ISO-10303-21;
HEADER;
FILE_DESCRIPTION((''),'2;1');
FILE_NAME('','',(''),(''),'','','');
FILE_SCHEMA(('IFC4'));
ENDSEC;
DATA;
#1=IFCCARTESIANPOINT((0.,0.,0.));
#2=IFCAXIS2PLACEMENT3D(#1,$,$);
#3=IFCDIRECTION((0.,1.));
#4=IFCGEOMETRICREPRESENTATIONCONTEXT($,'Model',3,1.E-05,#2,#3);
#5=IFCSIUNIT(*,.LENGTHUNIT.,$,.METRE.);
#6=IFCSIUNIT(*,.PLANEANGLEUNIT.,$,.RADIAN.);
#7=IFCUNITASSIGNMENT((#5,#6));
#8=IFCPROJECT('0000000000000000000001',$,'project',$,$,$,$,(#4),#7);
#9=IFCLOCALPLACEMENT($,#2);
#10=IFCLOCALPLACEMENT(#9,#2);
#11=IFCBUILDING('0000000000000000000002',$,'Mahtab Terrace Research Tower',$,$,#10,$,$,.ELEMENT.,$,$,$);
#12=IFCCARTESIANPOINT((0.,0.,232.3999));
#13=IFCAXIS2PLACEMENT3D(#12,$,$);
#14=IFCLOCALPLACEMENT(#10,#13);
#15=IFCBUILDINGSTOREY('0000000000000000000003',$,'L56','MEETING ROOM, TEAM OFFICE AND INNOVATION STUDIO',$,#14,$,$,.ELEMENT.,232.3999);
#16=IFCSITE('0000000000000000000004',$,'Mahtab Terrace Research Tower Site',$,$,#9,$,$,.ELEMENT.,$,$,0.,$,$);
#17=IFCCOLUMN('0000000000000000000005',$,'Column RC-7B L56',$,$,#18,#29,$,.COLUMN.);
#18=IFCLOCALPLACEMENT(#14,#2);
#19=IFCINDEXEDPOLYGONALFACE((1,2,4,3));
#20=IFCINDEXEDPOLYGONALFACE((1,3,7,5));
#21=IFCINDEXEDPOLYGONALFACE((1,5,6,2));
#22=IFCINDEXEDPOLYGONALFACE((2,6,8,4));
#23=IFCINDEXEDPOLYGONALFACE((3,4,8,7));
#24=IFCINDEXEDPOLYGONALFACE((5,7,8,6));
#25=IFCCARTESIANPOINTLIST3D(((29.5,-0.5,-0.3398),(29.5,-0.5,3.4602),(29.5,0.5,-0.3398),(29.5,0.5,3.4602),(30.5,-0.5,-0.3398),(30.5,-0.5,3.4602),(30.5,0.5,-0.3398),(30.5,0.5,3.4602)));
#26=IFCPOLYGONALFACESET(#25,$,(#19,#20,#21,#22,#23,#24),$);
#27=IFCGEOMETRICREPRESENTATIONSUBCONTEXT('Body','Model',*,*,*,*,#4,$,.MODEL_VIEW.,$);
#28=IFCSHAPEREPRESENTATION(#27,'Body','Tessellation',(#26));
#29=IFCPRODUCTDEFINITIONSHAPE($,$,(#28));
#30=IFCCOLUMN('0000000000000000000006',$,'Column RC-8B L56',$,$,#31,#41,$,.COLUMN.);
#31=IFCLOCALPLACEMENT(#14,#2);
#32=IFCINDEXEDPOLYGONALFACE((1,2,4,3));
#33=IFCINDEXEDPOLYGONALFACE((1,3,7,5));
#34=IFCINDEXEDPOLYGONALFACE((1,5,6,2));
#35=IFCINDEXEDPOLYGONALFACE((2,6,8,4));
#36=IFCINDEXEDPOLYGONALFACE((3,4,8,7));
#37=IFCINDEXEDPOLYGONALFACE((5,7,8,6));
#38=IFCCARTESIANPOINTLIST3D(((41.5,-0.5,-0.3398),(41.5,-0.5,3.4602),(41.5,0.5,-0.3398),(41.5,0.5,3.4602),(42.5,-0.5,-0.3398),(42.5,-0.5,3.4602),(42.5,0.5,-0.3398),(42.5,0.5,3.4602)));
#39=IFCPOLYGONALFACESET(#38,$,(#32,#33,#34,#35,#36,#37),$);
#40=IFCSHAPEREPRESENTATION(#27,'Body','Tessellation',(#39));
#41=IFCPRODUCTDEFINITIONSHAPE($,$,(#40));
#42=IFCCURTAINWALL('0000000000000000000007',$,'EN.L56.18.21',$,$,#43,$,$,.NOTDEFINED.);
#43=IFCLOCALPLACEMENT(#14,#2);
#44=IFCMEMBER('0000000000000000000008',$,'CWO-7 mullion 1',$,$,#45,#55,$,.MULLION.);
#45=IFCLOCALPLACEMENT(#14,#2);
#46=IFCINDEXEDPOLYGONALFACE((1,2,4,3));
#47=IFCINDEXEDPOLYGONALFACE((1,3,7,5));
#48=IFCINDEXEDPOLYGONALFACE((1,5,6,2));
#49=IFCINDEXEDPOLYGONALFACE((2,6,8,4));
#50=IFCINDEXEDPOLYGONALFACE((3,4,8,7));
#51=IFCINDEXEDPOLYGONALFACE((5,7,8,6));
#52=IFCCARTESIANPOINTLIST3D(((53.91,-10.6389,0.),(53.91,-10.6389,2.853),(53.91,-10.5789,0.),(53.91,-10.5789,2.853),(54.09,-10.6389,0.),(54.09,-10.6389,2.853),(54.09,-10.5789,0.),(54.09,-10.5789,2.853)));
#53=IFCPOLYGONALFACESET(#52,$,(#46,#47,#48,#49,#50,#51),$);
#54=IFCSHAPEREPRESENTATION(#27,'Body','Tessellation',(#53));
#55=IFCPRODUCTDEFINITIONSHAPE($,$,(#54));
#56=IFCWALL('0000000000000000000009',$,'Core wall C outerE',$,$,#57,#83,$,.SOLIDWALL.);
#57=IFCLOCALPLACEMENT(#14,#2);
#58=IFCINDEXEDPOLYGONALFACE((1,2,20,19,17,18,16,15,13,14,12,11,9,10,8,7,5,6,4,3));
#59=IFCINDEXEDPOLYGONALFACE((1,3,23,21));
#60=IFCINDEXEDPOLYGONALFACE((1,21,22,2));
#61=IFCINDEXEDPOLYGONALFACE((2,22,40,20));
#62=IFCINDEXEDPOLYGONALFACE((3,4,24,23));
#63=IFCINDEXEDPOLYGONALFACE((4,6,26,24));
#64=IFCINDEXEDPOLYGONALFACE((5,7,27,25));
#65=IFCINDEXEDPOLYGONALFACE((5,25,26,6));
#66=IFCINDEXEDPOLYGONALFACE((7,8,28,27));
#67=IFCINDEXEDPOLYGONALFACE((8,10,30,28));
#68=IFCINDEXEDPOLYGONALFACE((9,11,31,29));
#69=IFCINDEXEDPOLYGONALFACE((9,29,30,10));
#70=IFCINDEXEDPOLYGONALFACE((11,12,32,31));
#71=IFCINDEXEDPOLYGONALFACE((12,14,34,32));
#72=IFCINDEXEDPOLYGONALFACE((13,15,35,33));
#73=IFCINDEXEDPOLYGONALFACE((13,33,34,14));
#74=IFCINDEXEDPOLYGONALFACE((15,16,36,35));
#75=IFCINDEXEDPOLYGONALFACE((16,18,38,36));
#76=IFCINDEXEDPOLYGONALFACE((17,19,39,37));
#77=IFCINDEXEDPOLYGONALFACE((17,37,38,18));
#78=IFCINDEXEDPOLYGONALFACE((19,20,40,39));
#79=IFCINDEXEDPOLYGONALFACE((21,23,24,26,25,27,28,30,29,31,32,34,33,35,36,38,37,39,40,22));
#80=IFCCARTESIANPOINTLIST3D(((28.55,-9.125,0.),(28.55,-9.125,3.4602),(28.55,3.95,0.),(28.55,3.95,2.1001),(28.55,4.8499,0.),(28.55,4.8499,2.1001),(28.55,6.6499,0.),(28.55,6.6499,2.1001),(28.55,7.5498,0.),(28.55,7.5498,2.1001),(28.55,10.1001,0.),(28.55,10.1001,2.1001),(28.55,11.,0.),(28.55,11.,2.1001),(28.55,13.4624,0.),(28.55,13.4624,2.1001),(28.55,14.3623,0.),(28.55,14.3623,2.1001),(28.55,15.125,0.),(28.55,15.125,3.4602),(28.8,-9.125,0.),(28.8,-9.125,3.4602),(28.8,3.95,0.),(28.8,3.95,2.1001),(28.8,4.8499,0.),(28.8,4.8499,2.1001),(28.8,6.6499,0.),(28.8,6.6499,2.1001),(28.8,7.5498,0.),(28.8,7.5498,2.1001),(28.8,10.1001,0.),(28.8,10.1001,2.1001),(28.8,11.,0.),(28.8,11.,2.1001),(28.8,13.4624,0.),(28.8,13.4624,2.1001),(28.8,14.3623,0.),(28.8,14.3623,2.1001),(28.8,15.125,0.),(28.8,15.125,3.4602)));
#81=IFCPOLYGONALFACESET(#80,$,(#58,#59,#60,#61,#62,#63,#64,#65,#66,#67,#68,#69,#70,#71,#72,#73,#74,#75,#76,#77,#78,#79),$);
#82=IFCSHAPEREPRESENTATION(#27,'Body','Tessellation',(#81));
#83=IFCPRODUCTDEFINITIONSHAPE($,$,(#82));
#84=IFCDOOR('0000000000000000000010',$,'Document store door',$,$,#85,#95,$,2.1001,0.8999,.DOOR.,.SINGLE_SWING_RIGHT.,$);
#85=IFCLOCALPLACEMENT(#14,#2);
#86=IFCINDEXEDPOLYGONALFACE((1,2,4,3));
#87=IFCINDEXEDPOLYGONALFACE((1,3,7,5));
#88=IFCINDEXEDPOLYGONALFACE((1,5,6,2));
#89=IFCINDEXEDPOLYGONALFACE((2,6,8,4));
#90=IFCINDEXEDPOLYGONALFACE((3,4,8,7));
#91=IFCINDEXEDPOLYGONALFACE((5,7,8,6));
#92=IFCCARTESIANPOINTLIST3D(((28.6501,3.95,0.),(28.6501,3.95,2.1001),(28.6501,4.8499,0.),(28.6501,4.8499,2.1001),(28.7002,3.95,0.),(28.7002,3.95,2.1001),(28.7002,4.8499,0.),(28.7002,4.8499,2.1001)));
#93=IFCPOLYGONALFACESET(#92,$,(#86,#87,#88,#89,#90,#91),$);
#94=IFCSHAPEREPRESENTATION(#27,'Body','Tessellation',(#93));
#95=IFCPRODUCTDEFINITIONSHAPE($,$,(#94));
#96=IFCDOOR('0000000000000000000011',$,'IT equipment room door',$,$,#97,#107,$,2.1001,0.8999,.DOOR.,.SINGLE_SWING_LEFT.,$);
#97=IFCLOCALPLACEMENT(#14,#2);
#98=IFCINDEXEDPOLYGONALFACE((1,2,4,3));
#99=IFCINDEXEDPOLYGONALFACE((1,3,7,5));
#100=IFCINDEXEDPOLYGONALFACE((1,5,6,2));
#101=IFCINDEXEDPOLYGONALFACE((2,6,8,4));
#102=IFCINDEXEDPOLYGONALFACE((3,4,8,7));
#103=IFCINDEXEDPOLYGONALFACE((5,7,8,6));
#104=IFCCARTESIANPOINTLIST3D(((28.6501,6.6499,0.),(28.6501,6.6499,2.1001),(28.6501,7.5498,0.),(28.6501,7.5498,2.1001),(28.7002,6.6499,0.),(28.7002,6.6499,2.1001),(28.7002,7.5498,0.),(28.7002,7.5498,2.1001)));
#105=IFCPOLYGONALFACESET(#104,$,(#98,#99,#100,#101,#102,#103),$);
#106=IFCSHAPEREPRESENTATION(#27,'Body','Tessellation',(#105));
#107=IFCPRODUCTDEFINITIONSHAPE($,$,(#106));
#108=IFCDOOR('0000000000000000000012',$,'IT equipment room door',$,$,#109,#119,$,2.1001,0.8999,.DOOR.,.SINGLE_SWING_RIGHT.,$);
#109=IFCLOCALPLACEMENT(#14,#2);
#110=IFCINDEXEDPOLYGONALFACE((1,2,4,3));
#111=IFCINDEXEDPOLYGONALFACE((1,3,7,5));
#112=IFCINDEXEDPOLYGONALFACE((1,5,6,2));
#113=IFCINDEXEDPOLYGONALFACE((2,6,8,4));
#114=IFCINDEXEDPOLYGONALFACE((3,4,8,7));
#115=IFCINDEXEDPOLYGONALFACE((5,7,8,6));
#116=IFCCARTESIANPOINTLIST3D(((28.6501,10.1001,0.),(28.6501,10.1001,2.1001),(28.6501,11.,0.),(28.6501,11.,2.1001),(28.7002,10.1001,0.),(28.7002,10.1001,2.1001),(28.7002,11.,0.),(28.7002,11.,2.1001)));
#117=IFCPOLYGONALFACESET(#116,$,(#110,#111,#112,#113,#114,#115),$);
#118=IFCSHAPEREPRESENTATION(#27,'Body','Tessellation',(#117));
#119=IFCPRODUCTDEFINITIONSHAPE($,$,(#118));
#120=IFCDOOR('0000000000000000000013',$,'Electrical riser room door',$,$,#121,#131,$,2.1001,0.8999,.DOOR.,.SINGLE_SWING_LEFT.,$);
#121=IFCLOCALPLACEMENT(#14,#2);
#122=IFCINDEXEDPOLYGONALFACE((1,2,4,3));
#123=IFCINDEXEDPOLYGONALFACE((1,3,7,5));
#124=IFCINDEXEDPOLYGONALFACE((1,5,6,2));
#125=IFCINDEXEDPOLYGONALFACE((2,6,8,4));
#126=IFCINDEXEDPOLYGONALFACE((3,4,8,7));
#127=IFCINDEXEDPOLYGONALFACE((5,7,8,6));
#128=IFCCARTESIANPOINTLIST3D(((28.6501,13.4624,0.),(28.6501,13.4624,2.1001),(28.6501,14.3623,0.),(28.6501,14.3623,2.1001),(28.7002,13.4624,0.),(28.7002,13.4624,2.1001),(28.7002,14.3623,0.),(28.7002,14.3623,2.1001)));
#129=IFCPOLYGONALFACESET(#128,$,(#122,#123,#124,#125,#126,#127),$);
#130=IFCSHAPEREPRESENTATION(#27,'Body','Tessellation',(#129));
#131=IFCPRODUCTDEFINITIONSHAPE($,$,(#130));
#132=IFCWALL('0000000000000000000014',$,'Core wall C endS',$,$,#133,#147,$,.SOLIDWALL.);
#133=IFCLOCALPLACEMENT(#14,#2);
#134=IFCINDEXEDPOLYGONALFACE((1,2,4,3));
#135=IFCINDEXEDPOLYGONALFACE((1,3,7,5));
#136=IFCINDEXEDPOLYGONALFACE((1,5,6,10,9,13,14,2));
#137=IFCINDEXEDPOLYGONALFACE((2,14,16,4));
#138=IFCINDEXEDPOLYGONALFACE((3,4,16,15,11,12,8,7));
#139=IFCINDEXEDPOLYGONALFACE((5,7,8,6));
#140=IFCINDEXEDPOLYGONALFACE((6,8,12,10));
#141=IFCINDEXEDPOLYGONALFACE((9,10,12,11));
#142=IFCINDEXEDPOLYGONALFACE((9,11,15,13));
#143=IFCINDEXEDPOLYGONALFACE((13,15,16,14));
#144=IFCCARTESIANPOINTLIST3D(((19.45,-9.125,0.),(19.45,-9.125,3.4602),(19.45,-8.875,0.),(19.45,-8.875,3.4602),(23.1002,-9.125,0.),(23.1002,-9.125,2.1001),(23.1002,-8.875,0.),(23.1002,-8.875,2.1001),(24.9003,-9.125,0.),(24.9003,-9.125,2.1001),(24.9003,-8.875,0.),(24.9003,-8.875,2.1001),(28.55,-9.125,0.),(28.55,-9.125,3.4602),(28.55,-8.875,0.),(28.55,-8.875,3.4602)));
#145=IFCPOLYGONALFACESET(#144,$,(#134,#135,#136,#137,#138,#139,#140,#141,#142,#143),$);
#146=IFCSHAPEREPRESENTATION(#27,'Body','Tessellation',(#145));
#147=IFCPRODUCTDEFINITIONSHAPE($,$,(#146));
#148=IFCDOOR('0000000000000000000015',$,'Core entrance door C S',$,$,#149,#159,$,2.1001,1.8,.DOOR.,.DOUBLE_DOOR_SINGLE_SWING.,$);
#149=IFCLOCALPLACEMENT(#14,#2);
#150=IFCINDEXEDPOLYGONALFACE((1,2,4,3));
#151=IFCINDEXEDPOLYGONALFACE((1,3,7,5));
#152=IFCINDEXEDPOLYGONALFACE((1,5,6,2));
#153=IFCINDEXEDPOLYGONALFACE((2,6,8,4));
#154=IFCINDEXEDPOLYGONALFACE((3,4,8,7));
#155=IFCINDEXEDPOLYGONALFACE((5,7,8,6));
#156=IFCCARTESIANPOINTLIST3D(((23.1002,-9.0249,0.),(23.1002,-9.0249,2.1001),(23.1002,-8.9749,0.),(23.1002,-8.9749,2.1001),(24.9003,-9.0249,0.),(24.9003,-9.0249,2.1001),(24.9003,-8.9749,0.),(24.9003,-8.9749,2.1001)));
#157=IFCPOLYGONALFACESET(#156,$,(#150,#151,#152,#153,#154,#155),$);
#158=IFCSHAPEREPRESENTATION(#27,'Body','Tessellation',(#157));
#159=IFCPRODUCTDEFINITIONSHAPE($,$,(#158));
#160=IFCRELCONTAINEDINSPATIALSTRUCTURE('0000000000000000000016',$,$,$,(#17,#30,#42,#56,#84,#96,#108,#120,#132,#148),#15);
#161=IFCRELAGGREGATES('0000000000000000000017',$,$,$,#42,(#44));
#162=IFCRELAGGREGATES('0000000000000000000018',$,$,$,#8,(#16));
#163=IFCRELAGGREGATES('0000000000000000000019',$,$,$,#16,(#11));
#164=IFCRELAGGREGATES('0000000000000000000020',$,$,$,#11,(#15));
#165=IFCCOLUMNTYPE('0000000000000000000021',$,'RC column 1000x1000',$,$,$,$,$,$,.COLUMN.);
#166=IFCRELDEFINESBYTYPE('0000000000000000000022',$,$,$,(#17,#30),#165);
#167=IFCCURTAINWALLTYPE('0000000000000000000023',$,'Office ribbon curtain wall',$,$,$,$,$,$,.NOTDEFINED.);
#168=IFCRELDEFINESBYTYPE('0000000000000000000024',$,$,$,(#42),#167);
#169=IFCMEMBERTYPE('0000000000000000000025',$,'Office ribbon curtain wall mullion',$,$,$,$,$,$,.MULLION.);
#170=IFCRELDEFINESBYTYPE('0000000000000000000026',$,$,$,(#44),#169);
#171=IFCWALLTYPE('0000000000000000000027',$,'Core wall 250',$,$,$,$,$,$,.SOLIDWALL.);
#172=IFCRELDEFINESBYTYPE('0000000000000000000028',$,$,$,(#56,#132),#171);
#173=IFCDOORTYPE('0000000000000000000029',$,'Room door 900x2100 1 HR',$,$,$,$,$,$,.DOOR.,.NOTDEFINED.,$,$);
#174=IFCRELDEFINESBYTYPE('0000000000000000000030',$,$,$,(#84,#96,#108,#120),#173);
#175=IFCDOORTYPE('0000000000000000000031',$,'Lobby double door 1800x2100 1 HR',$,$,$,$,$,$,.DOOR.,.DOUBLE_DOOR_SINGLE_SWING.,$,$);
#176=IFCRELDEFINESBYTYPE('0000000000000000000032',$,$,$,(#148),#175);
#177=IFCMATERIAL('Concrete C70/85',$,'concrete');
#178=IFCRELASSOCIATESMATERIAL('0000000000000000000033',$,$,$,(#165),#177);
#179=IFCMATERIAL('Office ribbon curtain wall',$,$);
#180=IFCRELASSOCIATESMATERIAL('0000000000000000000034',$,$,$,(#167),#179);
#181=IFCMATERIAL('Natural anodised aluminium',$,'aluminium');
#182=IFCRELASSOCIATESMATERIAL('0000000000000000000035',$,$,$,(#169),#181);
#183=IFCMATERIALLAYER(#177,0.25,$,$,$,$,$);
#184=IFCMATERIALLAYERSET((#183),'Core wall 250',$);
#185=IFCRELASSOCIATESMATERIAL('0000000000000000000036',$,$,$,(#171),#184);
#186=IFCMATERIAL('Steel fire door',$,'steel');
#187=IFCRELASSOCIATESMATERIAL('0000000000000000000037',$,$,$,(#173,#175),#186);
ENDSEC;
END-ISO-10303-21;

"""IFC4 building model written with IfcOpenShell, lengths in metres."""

from ifc_helpers import new_model, si_unit, direction, frame, frame_2d, origin, origin_2d, place, context, subcontext, project, spatial, rectangle, extrude, material, layer, layer_set, material_profile, profile_set, type_object, element, fill, aggregate, save


model = new_model("IFC4")

# Units and contexts
model_context = context("Model", 3, precision=1e-05, world=origin(), true_north=direction((0.0, 1.0)))
body_context = subcontext(model_context, "Body", "Model", "MODEL_VIEW")
ifc_project = project(units=[si_unit("LENGTHUNIT", "METRE"), si_unit("PLANEANGLEUNIT", "RADIAN")], contexts=[model_context])

# Site, building, storey
site_placement = place(None, origin())
site = spatial("IfcSite", under=ifc_project, at=site_placement, Name="Mahtab Terrace Research Tower Site", CompositionType="ELEMENT", RefElevation=0.0)
building_placement = place(site_placement, origin())
building = spatial("IfcBuilding", under=site, at=building_placement, Name="Mahtab Terrace Research Tower", CompositionType="ELEMENT")
storey_placement = place(building_placement, frame((0.0, 0.0, 232.3999)))
storey = spatial("IfcBuildingStorey", under=building, at=storey_placement, Name="L56", Description="MEETING ROOM, TEAM OFFICE AND INNOVATION STUDIO", CompositionType="ELEMENT", Elevation=232.3999)

# Columns
ifc_material_1 = material(Name="Concrete C70/85", Category="concrete")
ifc_material_profile_1 = material_profile(ifc_material_1, rectangle(XDim=1.0, YDim=1.0, at=origin_2d()), Name="RC column 1000x1000")
ifc_profile_set_1 = profile_set([ifc_material_profile_1], Name="Concrete C70/85")
column_type = type_object("IfcColumnType", Name="RC column 1000x1000", PredefinedType="COLUMN", material=ifc_profile_set_1)
for number, where, z_axis, x_axis, name in (
    (1, (30.0, 0.0, -0.3398), (0.0, 0.0, 1.0), (1.0, 0.0, 0.0), "Column RC-7B L56"),
    (2, (42.0, 0.0, -0.3398), (0.0, 0.0, 1.0), (1.0, 0.0, 0.0), "Column RC-8B L56"),
):
    element("IfcColumn", number, at=place(storey_placement, frame(where, z_axis=z_axis, x_axis=x_axis)), inside=storey, type_object=column_type, Name=name, PredefinedType="COLUMN", context=body_context, shape_type="SweptSolid", body=[
        extrude(rectangle(XDim=1.0, YDim=1.0, at=origin_2d()), origin(), (0.0, 0.0, 1.0), 3.8),
    ])

# Curtain wall, member
ifc_material_2 = material(Name="Office ribbon curtain wall")
curtain_wall_type = type_object("IfcCurtainWallType", Name="Office ribbon curtain wall", PredefinedType="NOTDEFINED", material=ifc_material_2)
curtain_wall_placement = place(storey_placement, origin())
curtain_wall = element("IfcCurtainWall", 3, at=curtain_wall_placement, inside=storey, type_object=curtain_wall_type, Name="EN.L56.18.21", PredefinedType="NOTDEFINED")
ifc_material_3 = material(Name="Natural anodised aluminium", Category="aluminium")
ifc_material_profile_2 = material_profile(ifc_material_3, rectangle(XDim=0.1799, YDim=0.0601, at=origin_2d()), Name="MULLION 60x180")
ifc_profile_set_2 = profile_set([ifc_material_profile_2], Name="Natural anodised aluminium")
member_type = type_object("IfcMemberType", Name="Office ribbon curtain wall mullion", PredefinedType="MULLION", material=ifc_profile_set_2)
member_placement = place(storey_placement, frame((54.0, -10.6089, 0.0), z_axis=(0.0, 0.0, 1.0), x_axis=(-1.0, 0.0, 0.0)))
member = element("IfcMember", 4, at=member_placement, type_object=member_type, Name="CWO-7 mullion 1", PredefinedType="MULLION", context=body_context, shape_type="SweptSolid", body=[
    extrude(rectangle(XDim=0.1799, YDim=0.0601, at=origin_2d()), origin(), (0.0, 0.0, 1.0), 2.853),
])
aggregate(curtain_wall, [member])

# Wall, openings, doors
ifc_layer_1 = layer(ifc_material_1, 0.25)
ifc_layer_set_1 = layer_set([ifc_layer_1], Name="Core wall 250")
wall_type_1 = type_object("IfcWallType", Name="Core wall 250", PredefinedType="SOLIDWALL", material=ifc_layer_set_1)
wall_1_placement = place(storey_placement, frame((28.675, -9.125, 0.0), z_axis=(0.0, 0.0, 1.0), x_axis=(0.0, 1.0, 0.0)))
wall_1 = element("IfcWall", 5, at=wall_1_placement, inside=storey, type_object=wall_type_1, Name="Core wall C outerE", PredefinedType="SOLIDWALL", context=body_context, shape_type="SweptSolid", body=[
    extrude(rectangle(XDim=24.25, YDim=0.25, at=frame_2d((12.125, 0.0))), origin(), (0.0, 0.0, 1.0), 3.4602),
])
opening_1_placement = place(wall_1_placement, frame((13.075, 0.0, 0.0)))
opening_1 = element("IfcOpeningElement", 6, at=opening_1_placement, cuts=wall_1, PredefinedType="OPENING", context=body_context, shape_type="SweptSolid", body=[
    extrude(rectangle(XDim=0.8999, YDim=2.1001, at=frame_2d((0.45, 1.05))), frame((0.0, 0.135, 0.0), z_axis=(0.0, -1.0, 0.0), x_axis=(1.0, 0.0, 0.0)), (0.0, 0.0, 1.0), 0.27),
])
opening_2_placement = place(wall_1_placement, frame((15.7749, 0.0, 0.0)))
opening_2 = element("IfcOpeningElement", 7, at=opening_2_placement, cuts=wall_1, PredefinedType="OPENING", context=body_context, shape_type="SweptSolid", body=[
    extrude(rectangle(XDim=0.8999, YDim=2.1001, at=frame_2d((0.45, 1.05))), frame((0.0, 0.135, 0.0), z_axis=(0.0, -1.0, 0.0), x_axis=(1.0, 0.0, 0.0)), (0.0, 0.0, 1.0), 0.27),
])
opening_3_placement = place(wall_1_placement, frame((19.2251, 0.0, 0.0)))
opening_3 = element("IfcOpeningElement", 8, at=opening_3_placement, cuts=wall_1, PredefinedType="OPENING", context=body_context, shape_type="SweptSolid", body=[
    extrude(rectangle(XDim=0.8999, YDim=2.1001, at=frame_2d((0.45, 1.05))), frame((0.0, 0.135, 0.0), z_axis=(0.0, -1.0, 0.0), x_axis=(1.0, 0.0, 0.0)), (0.0, 0.0, 1.0), 0.27),
])
opening_4_placement = place(wall_1_placement, frame((22.5874, 0.0, 0.0)))
opening_4 = element("IfcOpeningElement", 9, at=opening_4_placement, cuts=wall_1, PredefinedType="OPENING", context=body_context, shape_type="SweptSolid", body=[
    extrude(rectangle(XDim=0.8999, YDim=2.1001, at=frame_2d((0.45, 1.05))), frame((0.0, 0.135, 0.0), z_axis=(0.0, -1.0, 0.0), x_axis=(1.0, 0.0, 0.0)), (0.0, 0.0, 1.0), 0.27),
])
ifc_material_4 = material(Name="Steel fire door", Category="steel")
door_type_1 = type_object("IfcDoorType", Name="Room door 900x2100 1 HR", OperationType="NOTDEFINED", PredefinedType="DOOR", material=ifc_material_4)
door_1_placement = place(opening_1_placement, origin())
door_1 = element("IfcDoor", 10, at=door_1_placement, inside=storey, type_object=door_type_1, Name="Document store door", OperationType="SINGLE_SWING_RIGHT", OverallHeight=2.1001, OverallWidth=0.8999, PredefinedType="DOOR", context=body_context, shape_type="SweptSolid", body=[
    extrude(rectangle(XDim=0.8999, YDim=2.1001, at=frame_2d((0.45, 1.05))), frame((0.0, 0.0249, 0.0), z_axis=(0.0, -1.0, 0.0), x_axis=(1.0, 0.0, 0.0)), (0.0, 0.0, 1.0), 0.05),
])
fill(opening_1, door_1)
door_2_placement = place(opening_2_placement, origin())
door_2 = element("IfcDoor", 11, at=door_2_placement, inside=storey, type_object=door_type_1, Name="IT equipment room door", OperationType="SINGLE_SWING_LEFT", OverallHeight=2.1001, OverallWidth=0.8999, PredefinedType="DOOR", context=body_context, shape_type="SweptSolid", body=[
    extrude(rectangle(XDim=0.8999, YDim=2.1001, at=frame_2d((0.45, 1.05))), frame((0.0, 0.0249, 0.0), z_axis=(0.0, -1.0, 0.0), x_axis=(1.0, 0.0, 0.0)), (0.0, 0.0, 1.0), 0.05),
])
fill(opening_2, door_2)
door_3_placement = place(opening_3_placement, origin())
door_3 = element("IfcDoor", 12, at=door_3_placement, inside=storey, type_object=door_type_1, Name="IT equipment room door", OperationType="SINGLE_SWING_RIGHT", OverallHeight=2.1001, OverallWidth=0.8999, PredefinedType="DOOR", context=body_context, shape_type="SweptSolid", body=[
    extrude(rectangle(XDim=0.8999, YDim=2.1001, at=frame_2d((0.45, 1.05))), frame((0.0, 0.0249, 0.0), z_axis=(0.0, -1.0, 0.0), x_axis=(1.0, 0.0, 0.0)), (0.0, 0.0, 1.0), 0.05),
])
fill(opening_3, door_3)
door_4_placement = place(opening_4_placement, origin())
door_4 = element("IfcDoor", 13, at=door_4_placement, inside=storey, type_object=door_type_1, Name="Electrical riser room door", OperationType="SINGLE_SWING_LEFT", OverallHeight=2.1001, OverallWidth=0.8999, PredefinedType="DOOR", context=body_context, shape_type="SweptSolid", body=[
    extrude(rectangle(XDim=0.8999, YDim=2.1001, at=frame_2d((0.45, 1.05))), frame((0.0, 0.0249, 0.0), z_axis=(0.0, -1.0, 0.0), x_axis=(1.0, 0.0, 0.0)), (0.0, 0.0, 1.0), 0.05),
])
fill(opening_4, door_4)

# Wall, opening, door
wall_2_placement = place(storey_placement, frame((28.55, -9.0, 0.0), z_axis=(0.0, 0.0, 1.0), x_axis=(-1.0, 0.0, 0.0)))
wall_2 = element("IfcWall", 14, at=wall_2_placement, inside=storey, type_object=wall_type_1, Name="Core wall C endS", PredefinedType="SOLIDWALL", context=body_context, shape_type="SweptSolid", body=[
    extrude(rectangle(XDim=9.1001, YDim=0.25, at=frame_2d((4.55, 0.0))), origin(), (0.0, 0.0, 1.0), 3.4602),
])
opening_5_placement = place(wall_2_placement, frame((3.6499, 0.0, 0.0)))
opening_5 = element("IfcOpeningElement", 15, at=opening_5_placement, cuts=wall_2, PredefinedType="OPENING", context=body_context, shape_type="SweptSolid", body=[
    extrude(rectangle(XDim=1.8, YDim=2.1001, at=frame_2d((0.8999, 1.05))), frame((0.0, 0.135, 0.0), z_axis=(0.0, -1.0, 0.0), x_axis=(1.0, 0.0, 0.0)), (0.0, 0.0, 1.0), 0.27),
])
door_type_2 = type_object("IfcDoorType", Name="Lobby double door 1800x2100 1 HR", OperationType="DOUBLE_DOOR_SINGLE_SWING", PredefinedType="DOOR", material=ifc_material_4)
door_5_placement = place(opening_5_placement, origin())
door_5 = element("IfcDoor", 16, at=door_5_placement, inside=storey, type_object=door_type_2, Name="Core entrance door C S", OperationType="DOUBLE_DOOR_SINGLE_SWING", OverallHeight=2.1001, OverallWidth=1.8, PredefinedType="DOOR", context=body_context, shape_type="SweptSolid", body=[
    extrude(rectangle(XDim=1.8, YDim=2.1001, at=frame_2d((0.8999, 1.05))), frame((0.0, 0.0249, 0.0), z_axis=(0.0, -1.0, 0.0), x_axis=(1.0, 0.0, 0.0)), (0.0, 0.0, 1.0), 0.05),
])
fill(opening_5, door_5)

save(model, "model.ifc")
